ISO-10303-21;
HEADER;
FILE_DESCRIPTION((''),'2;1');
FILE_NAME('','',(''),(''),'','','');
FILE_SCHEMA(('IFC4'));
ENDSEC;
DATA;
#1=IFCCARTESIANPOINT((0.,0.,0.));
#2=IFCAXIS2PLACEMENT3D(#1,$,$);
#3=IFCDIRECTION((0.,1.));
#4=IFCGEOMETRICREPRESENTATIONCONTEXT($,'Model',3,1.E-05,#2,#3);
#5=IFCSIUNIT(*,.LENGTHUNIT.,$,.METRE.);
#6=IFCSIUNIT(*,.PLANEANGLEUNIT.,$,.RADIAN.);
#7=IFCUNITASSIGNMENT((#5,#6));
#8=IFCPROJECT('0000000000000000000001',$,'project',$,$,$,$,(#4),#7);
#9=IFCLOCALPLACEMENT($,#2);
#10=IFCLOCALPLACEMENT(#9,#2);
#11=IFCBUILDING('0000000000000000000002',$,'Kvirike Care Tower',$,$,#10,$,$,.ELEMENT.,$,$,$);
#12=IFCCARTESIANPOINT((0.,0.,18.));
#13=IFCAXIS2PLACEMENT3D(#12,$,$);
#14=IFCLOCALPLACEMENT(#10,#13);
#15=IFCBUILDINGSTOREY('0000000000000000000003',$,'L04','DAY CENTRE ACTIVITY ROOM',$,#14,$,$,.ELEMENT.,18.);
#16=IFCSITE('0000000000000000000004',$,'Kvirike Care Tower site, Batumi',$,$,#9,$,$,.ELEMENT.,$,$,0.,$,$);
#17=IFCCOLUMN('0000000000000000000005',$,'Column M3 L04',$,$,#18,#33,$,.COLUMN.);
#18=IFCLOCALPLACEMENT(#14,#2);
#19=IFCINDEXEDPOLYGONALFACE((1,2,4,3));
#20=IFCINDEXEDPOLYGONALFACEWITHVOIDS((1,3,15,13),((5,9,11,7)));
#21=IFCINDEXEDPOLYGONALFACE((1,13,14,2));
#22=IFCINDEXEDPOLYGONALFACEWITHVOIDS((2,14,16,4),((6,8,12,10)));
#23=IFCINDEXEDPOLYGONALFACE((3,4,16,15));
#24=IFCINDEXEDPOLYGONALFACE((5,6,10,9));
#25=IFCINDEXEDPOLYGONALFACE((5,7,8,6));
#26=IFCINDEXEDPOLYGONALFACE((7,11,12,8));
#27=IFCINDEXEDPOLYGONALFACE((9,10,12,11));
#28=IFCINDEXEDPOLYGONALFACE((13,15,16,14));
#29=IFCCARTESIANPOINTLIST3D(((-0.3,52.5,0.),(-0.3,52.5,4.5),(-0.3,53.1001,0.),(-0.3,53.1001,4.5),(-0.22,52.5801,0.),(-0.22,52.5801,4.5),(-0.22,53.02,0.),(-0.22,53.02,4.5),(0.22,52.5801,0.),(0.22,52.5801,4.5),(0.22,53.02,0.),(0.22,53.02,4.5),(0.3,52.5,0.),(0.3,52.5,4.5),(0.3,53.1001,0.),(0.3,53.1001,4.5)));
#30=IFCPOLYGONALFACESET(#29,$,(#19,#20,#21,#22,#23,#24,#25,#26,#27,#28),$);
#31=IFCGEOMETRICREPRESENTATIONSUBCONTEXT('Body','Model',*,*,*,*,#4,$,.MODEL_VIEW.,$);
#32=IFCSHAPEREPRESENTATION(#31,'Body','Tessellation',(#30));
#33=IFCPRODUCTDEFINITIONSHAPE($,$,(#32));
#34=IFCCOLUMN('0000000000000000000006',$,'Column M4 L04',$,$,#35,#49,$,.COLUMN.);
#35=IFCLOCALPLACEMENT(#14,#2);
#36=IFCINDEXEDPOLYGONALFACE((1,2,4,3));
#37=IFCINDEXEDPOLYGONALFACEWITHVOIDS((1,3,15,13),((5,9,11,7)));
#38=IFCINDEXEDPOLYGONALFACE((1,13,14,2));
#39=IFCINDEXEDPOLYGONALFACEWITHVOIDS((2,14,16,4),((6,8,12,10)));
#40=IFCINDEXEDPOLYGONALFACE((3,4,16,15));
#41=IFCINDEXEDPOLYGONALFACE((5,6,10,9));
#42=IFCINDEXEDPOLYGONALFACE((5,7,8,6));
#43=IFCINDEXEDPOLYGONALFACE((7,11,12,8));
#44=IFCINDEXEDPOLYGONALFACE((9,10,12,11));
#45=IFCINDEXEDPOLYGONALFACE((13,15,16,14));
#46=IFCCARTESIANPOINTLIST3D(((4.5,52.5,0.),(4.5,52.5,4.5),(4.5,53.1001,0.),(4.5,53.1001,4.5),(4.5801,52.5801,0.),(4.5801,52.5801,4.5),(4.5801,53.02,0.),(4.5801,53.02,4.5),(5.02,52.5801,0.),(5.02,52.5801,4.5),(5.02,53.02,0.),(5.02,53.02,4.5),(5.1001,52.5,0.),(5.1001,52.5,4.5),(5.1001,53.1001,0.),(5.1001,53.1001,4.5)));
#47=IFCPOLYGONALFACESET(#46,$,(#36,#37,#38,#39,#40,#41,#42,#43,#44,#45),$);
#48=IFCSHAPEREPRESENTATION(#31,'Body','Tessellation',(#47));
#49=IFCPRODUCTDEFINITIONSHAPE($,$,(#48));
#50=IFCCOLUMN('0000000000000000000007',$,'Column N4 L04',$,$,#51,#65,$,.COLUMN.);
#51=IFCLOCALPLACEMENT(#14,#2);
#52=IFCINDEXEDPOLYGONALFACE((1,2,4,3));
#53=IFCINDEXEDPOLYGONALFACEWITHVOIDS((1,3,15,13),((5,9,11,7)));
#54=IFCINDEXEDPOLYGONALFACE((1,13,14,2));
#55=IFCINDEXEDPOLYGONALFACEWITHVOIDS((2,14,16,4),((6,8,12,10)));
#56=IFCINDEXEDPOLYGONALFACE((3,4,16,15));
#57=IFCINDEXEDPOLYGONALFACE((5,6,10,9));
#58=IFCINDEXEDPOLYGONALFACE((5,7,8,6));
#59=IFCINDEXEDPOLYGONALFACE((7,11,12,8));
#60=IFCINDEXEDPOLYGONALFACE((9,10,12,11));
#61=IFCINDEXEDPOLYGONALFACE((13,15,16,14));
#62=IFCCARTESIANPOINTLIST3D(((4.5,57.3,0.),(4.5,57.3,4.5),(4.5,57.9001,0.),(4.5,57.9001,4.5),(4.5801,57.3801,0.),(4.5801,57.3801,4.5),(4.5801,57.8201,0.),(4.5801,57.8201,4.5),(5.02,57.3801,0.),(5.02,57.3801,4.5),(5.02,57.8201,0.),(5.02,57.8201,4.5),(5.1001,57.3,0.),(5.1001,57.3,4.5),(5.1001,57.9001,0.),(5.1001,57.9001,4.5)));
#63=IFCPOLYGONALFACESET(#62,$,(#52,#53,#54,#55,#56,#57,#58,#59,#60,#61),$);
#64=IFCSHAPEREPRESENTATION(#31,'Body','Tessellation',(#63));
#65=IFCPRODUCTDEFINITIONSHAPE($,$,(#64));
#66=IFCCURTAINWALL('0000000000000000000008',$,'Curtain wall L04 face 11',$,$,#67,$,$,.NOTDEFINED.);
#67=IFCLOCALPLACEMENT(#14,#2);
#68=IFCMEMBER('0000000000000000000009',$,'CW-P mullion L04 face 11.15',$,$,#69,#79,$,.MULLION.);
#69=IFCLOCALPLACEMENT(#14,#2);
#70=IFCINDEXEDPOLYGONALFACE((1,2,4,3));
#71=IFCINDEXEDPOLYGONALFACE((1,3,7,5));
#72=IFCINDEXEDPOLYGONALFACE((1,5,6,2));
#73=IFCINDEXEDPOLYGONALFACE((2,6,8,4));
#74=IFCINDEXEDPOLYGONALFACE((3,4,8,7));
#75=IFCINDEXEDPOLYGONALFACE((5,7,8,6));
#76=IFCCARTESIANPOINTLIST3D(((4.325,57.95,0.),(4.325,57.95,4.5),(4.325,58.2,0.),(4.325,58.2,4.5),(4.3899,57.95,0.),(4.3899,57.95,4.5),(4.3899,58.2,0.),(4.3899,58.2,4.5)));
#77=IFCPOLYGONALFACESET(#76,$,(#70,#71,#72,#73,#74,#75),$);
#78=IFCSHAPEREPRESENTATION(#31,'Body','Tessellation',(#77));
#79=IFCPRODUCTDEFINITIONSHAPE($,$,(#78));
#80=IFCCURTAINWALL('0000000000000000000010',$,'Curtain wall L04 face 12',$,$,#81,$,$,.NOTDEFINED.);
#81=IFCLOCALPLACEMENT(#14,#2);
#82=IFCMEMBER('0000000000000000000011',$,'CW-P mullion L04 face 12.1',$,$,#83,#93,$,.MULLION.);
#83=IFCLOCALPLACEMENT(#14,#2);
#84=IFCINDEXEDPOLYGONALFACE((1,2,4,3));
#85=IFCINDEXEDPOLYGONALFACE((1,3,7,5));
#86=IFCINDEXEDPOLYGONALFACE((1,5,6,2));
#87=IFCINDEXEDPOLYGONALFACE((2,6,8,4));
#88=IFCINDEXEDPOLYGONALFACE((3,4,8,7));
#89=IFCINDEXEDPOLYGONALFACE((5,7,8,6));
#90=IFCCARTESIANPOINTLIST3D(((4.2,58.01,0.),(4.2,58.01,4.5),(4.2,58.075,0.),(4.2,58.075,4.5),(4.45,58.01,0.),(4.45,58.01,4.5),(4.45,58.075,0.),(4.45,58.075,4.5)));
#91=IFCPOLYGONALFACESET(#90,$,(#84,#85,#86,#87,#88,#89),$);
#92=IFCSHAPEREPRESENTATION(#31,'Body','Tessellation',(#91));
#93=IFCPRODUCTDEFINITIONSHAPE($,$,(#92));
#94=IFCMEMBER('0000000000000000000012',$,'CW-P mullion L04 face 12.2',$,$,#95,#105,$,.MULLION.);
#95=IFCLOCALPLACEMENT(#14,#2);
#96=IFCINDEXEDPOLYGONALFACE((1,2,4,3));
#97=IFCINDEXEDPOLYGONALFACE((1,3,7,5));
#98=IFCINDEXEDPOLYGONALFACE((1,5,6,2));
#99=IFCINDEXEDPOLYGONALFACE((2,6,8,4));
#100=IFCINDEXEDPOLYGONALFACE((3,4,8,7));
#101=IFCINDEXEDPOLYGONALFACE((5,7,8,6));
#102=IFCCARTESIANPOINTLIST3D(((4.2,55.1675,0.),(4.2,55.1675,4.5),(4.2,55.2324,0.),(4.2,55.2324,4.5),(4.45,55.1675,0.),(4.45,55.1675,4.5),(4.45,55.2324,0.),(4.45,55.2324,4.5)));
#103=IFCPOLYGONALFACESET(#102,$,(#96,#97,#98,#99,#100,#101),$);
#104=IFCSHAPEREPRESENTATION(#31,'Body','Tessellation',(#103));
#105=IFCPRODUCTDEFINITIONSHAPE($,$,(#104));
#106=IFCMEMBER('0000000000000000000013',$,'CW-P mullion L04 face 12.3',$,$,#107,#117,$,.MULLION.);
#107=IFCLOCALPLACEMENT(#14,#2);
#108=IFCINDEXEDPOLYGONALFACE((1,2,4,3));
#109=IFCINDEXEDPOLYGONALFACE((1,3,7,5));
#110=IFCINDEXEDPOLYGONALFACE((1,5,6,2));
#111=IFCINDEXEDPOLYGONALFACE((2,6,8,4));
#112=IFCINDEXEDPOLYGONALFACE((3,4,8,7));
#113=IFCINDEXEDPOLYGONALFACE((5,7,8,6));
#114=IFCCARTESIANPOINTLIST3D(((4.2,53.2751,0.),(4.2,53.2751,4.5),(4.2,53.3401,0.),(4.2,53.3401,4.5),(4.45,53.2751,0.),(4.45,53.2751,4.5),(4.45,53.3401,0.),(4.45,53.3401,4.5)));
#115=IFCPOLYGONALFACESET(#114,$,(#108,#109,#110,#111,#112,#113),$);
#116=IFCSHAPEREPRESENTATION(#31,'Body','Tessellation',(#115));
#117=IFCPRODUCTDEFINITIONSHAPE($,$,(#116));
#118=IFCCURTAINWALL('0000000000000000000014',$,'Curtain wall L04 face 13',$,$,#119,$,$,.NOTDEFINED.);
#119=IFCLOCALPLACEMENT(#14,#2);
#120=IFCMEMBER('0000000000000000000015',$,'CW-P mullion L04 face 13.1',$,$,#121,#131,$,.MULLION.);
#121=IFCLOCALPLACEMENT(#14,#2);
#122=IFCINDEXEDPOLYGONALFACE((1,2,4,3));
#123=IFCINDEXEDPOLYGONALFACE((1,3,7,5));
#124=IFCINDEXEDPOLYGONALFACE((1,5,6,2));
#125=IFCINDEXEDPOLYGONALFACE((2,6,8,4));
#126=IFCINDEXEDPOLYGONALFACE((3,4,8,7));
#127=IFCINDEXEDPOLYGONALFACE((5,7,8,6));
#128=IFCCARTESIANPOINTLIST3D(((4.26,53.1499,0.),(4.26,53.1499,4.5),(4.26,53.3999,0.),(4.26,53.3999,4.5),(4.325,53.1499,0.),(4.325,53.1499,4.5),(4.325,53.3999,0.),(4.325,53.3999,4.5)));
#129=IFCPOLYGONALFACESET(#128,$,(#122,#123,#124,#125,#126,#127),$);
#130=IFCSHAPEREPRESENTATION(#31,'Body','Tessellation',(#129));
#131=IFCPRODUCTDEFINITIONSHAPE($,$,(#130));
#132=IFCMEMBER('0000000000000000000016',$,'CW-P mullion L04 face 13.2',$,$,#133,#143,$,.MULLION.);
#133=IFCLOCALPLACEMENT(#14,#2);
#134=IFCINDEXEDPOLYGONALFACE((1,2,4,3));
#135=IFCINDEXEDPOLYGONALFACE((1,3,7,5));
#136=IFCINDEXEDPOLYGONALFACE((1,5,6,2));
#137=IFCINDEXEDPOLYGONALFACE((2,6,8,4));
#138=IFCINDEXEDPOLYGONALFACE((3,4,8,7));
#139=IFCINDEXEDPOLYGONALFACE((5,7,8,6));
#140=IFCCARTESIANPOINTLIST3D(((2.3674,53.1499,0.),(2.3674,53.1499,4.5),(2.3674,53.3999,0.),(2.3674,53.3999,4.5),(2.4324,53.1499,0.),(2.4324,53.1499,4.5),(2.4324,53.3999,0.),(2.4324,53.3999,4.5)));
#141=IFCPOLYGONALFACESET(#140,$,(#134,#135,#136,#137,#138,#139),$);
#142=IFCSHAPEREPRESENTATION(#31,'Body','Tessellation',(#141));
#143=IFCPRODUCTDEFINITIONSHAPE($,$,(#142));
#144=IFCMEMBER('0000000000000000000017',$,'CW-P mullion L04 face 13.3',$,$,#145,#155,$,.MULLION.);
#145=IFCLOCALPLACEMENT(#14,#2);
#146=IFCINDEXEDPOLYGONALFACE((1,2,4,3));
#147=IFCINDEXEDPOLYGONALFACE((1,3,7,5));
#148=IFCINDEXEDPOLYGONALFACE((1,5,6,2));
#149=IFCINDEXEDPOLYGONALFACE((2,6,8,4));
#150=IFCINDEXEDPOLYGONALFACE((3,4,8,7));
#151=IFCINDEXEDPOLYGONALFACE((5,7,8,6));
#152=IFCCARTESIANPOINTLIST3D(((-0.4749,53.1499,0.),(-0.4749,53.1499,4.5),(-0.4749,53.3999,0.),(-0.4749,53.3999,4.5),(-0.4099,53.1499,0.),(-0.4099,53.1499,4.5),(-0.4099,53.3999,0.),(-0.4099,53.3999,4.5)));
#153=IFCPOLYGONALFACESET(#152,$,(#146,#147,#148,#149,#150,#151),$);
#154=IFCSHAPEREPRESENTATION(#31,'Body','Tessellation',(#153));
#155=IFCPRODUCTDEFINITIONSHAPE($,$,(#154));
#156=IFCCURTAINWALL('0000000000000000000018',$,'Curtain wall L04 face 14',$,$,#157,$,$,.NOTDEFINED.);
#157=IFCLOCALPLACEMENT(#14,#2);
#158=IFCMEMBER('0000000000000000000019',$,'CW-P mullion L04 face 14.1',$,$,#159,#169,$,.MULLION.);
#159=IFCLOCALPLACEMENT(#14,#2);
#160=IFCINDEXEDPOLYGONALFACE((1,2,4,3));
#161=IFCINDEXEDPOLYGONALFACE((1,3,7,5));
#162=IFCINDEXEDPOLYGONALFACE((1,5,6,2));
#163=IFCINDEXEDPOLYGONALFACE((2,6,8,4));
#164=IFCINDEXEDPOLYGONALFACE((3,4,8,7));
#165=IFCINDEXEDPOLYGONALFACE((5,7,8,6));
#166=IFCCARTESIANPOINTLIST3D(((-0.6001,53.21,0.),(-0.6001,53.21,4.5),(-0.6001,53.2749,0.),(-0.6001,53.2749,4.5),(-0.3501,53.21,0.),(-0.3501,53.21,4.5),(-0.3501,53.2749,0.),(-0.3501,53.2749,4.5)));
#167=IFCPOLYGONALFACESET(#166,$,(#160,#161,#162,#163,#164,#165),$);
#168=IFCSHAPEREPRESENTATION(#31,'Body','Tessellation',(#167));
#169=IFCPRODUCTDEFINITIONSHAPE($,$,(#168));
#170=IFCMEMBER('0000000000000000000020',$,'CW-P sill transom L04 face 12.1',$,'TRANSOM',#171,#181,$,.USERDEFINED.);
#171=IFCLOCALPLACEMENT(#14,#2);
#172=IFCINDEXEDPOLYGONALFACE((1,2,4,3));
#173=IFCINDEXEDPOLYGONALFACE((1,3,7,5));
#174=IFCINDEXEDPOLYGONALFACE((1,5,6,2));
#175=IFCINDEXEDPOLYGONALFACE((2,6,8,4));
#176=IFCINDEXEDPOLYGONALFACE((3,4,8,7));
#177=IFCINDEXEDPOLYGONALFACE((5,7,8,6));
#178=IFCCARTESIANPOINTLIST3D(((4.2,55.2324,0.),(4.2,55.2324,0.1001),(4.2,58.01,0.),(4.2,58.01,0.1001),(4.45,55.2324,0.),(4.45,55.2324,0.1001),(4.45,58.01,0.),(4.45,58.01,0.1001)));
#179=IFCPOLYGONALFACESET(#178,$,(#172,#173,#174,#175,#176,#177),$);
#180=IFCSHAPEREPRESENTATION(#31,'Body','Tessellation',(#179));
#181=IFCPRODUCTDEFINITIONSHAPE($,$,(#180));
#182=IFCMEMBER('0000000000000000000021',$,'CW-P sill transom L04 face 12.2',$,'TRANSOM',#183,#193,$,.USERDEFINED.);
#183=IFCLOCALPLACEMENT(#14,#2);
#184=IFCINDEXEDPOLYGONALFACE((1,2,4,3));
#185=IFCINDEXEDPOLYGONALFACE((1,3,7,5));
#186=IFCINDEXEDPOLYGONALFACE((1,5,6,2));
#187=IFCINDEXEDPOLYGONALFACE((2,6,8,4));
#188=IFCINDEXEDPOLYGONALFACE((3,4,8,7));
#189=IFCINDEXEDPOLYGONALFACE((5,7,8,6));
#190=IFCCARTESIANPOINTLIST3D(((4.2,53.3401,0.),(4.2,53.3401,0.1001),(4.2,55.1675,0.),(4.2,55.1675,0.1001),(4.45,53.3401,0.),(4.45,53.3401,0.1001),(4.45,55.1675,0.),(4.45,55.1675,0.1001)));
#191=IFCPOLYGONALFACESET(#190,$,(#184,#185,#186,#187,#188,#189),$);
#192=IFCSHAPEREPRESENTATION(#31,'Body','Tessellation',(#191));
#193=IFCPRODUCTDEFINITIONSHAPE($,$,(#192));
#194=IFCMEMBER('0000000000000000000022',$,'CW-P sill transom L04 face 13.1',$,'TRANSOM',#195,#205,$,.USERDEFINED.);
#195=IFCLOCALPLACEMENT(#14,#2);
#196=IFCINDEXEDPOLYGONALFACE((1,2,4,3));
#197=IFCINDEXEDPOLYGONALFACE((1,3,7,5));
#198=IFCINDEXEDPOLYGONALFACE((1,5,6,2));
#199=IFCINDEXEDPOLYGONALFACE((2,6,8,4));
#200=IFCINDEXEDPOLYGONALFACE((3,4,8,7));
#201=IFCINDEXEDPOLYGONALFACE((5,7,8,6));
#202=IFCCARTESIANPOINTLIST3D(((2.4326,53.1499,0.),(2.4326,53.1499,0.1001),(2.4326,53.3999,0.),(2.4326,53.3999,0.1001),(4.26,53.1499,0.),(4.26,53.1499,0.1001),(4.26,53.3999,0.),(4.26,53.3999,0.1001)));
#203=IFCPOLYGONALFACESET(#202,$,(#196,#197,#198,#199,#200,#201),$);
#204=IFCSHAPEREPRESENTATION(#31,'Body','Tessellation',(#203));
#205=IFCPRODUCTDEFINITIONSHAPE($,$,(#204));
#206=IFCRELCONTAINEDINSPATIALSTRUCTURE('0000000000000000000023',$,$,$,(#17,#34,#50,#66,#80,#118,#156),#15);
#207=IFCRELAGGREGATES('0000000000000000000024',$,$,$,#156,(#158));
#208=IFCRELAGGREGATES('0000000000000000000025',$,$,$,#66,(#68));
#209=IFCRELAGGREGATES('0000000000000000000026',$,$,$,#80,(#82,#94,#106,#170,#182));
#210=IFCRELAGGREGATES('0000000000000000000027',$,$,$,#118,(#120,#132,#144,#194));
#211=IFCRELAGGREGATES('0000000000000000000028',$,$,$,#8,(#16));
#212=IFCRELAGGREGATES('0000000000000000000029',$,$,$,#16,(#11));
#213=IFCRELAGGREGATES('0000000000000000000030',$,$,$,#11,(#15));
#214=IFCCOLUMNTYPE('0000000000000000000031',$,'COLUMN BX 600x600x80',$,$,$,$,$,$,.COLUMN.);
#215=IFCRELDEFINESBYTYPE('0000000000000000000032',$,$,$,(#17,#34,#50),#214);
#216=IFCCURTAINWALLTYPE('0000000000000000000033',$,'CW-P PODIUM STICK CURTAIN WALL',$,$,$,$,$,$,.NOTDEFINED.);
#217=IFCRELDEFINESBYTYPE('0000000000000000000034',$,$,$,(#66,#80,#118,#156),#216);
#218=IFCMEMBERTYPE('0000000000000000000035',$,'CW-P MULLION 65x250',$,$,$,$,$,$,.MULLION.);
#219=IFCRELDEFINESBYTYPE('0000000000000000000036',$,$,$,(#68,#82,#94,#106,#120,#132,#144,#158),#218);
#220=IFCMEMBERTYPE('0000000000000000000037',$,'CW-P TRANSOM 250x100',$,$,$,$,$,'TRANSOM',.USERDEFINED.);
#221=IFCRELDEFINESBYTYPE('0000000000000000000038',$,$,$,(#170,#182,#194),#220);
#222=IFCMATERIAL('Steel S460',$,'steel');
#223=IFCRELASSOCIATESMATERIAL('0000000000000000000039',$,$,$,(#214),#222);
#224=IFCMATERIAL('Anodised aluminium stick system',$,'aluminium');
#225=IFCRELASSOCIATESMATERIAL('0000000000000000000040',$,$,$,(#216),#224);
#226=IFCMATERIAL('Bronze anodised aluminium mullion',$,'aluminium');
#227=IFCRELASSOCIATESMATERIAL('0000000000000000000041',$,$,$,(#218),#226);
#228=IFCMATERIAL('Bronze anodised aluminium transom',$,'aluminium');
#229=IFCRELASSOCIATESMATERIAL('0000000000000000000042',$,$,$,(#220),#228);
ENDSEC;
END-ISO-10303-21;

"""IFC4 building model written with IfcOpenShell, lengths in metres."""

from ifc_helpers import new_model, si_unit, direction, frame, origin, origin_2d, place, context, subcontext, project, spatial, rectangle, hollow_rectangle, extrude, material, material_profile, profile_set, type_object, element, aggregate, save


model = new_model("IFC4")

# Units and contexts
model_context = context("Model", 3, precision=1e-05, world=origin(), true_north=direction((0.0, 1.0)))
body_context = subcontext(model_context, "Body", "Model", "MODEL_VIEW")
ifc_project = project(units=[si_unit("LENGTHUNIT", "METRE"), si_unit("PLANEANGLEUNIT", "RADIAN")], contexts=[model_context])

# Site, building, storey
site_placement = place(None, origin())
site = spatial("IfcSite", under=ifc_project, at=site_placement, Name="Kvirike Care Tower site, Batumi", CompositionType="ELEMENT", RefElevation=0.0)
building_placement = place(site_placement, origin())
building = spatial("IfcBuilding", under=site, at=building_placement, Name="Kvirike Care Tower", CompositionType="ELEMENT")
storey_placement = place(building_placement, frame((0.0, 0.0, 18.0)))
storey = spatial("IfcBuildingStorey", under=building, at=storey_placement, Name="L04", Description="DAY CENTRE ACTIVITY ROOM", CompositionType="ELEMENT", Elevation=18.0)

# Columns
ifc_material_1 = material(Name="Steel S460", Category="steel")
ifc_material_profile_1 = material_profile(ifc_material_1, hollow_rectangle(XDim=0.6001, YDim=0.6001, WallThickness=0.0801, at=origin_2d()), Name="BX 600x600x80")
ifc_profile_set_1 = profile_set([ifc_material_profile_1], Name="Steel S460")
column_type = type_object("IfcColumnType", Name="COLUMN BX 600x600x80", PredefinedType="COLUMN", material=ifc_profile_set_1)
for number, where, z_axis, x_axis, name in (
    (1, (0.0, 52.8, 0.0), (0.0, 0.0, 1.0), (0.0, 1.0, 0.0), "Column M3 L04"),
    (2, (4.8, 52.8, 0.0), (0.0, 0.0, 1.0), (0.0, 1.0, 0.0), "Column M4 L04"),
    (3, (4.8, 57.6001, 0.0), (0.0, 0.0, 1.0), (0.0, 1.0, 0.0), "Column N4 L04"),
):
    element("IfcColumn", number, at=place(storey_placement, frame(where, z_axis=z_axis, x_axis=x_axis)), inside=storey, type_object=column_type, Name=name, PredefinedType="COLUMN", context=body_context, shape_type="SweptSolid", body=[
        extrude(hollow_rectangle(XDim=0.6001, YDim=0.6001, WallThickness=0.0801, at=origin_2d()), origin(), (0.0, 0.0, 1.0), 4.5),
    ])

# Curtain wall, member
ifc_material_2 = material(Name="Anodised aluminium stick system", Category="aluminium")
curtain_wall_type = type_object("IfcCurtainWallType", Name="CW-P PODIUM STICK CURTAIN WALL", PredefinedType="NOTDEFINED", material=ifc_material_2)
curtain_wall_1_placement = place(storey_placement, origin())
curtain_wall_1 = element("IfcCurtainWall", 4, at=curtain_wall_1_placement, inside=storey, type_object=curtain_wall_type, Name="Curtain wall L04 face 11", PredefinedType="NOTDEFINED")
ifc_material_3 = material(Name="Bronze anodised aluminium mullion", Category="aluminium")
ifc_material_profile_2 = material_profile(ifc_material_3, rectangle(XDim=0.0649, YDim=0.25, at=origin_2d()), Name="CW-P MULLION 65x250")
ifc_profile_set_2 = profile_set([ifc_material_profile_2], Name="Bronze anodised aluminium mullion")
member_type_1 = type_object("IfcMemberType", Name="CW-P MULLION 65x250", PredefinedType="MULLION", material=ifc_profile_set_2)
member_1_placement = place(storey_placement, frame((4.3574, 58.075, 0.0), z_axis=(0.0, 0.0, 1.0), x_axis=(-1.0, 0.0, 0.0)))
member_1 = element("IfcMember", 5, at=member_1_placement, type_object=member_type_1, Name="CW-P mullion L04 face 11.15", PredefinedType="MULLION", context=body_context, shape_type="SweptSolid", body=[
    extrude(rectangle(XDim=0.0649, YDim=0.25, at=origin_2d()), origin(), (0.0, 0.0, 1.0), 4.5),
])

# Curtain walls, members
curtain_wall_2_placement = place(storey_placement, origin())
curtain_wall_2 = element("IfcCurtainWall", 6, at=curtain_wall_2_placement, inside=storey, type_object=curtain_wall_type, Name="Curtain wall L04 face 12", PredefinedType="NOTDEFINED")
member_2_placement = place(storey_placement, frame((4.325, 58.0425, 0.0), z_axis=(0.0, 0.0, 1.0), x_axis=(0.0, -1.0, 0.0)))
member_2 = element("IfcMember", 7, at=member_2_placement, type_object=member_type_1, Name="CW-P mullion L04 face 12.1", PredefinedType="MULLION", context=body_context, shape_type="SweptSolid", body=[
    extrude(rectangle(XDim=0.0649, YDim=0.25, at=origin_2d()), origin(), (0.0, 0.0, 1.0), 4.5),
])
member_3_placement = place(storey_placement, frame((4.325, 55.2, 0.0), z_axis=(0.0, 0.0, 1.0), x_axis=(0.0, -1.0, 0.0)))
member_3 = element("IfcMember", 8, at=member_3_placement, type_object=member_type_1, Name="CW-P mullion L04 face 12.2", PredefinedType="MULLION", context=body_context, shape_type="SweptSolid", body=[
    extrude(rectangle(XDim=0.0649, YDim=0.25, at=origin_2d()), origin(), (0.0, 0.0, 1.0), 4.5),
])
member_4_placement = place(storey_placement, frame((4.325, 53.3076, 0.0), z_axis=(0.0, 0.0, 1.0), x_axis=(0.0, -1.0, 0.0)))
member_4 = element("IfcMember", 9, at=member_4_placement, type_object=member_type_1, Name="CW-P mullion L04 face 12.3", PredefinedType="MULLION", context=body_context, shape_type="SweptSolid", body=[
    extrude(rectangle(XDim=0.0649, YDim=0.25, at=origin_2d()), origin(), (0.0, 0.0, 1.0), 4.5),
])
curtain_wall_3_placement = place(storey_placement, origin())
curtain_wall_3 = element("IfcCurtainWall", 10, at=curtain_wall_3_placement, inside=storey, type_object=curtain_wall_type, Name="Curtain wall L04 face 13", PredefinedType="NOTDEFINED")
member_5_placement = place(storey_placement, frame((4.2925, 53.2749, 0.0), z_axis=(0.0, 0.0, 1.0), x_axis=(-1.0, 0.0, 0.0)))
member_5 = element("IfcMember", 11, at=member_5_placement, type_object=member_type_1, Name="CW-P mullion L04 face 13.1", PredefinedType="MULLION", context=body_context, shape_type="SweptSolid", body=[
    extrude(rectangle(XDim=0.0649, YDim=0.25, at=origin_2d()), origin(), (0.0, 0.0, 1.0), 4.5),
])
member_6_placement = place(storey_placement, frame((2.3999, 53.2749, 0.0), z_axis=(0.0, 0.0, 1.0), x_axis=(-1.0, 0.0, 0.0)))
member_6 = element("IfcMember", 12, at=member_6_placement, type_object=member_type_1, Name="CW-P mullion L04 face 13.2", PredefinedType="MULLION", context=body_context, shape_type="SweptSolid", body=[
    extrude(rectangle(XDim=0.0649, YDim=0.25, at=origin_2d()), origin(), (0.0, 0.0, 1.0), 4.5),
])
member_7_placement = place(storey_placement, frame((-0.4424, 53.2749, 0.0), z_axis=(0.0, 0.0, 1.0), x_axis=(-1.0, 0.0, 0.0)))
member_7 = element("IfcMember", 13, at=member_7_placement, type_object=member_type_1, Name="CW-P mullion L04 face 13.3", PredefinedType="MULLION", context=body_context, shape_type="SweptSolid", body=[
    extrude(rectangle(XDim=0.0649, YDim=0.25, at=origin_2d()), origin(), (0.0, 0.0, 1.0), 4.5),
])

# Curtain wall, member
curtain_wall_4_placement = place(storey_placement, origin())
curtain_wall_4 = element("IfcCurtainWall", 14, at=curtain_wall_4_placement, inside=storey, type_object=curtain_wall_type, Name="Curtain wall L04 face 14", PredefinedType="NOTDEFINED")
member_8_placement = place(storey_placement, frame((-0.4751, 53.2424, 0.0), z_axis=(0.0, 0.0, 1.0), x_axis=(0.0, -1.0, 0.0)))
member_8 = element("IfcMember", 15, at=member_8_placement, type_object=member_type_1, Name="CW-P mullion L04 face 14.1", PredefinedType="MULLION", context=body_context, shape_type="SweptSolid", body=[
    extrude(rectangle(XDim=0.0649, YDim=0.25, at=origin_2d()), origin(), (0.0, 0.0, 1.0), 4.5),
])

# Members
ifc_material_4 = material(Name="Bronze anodised aluminium transom", Category="aluminium")
ifc_material_profile_3 = material_profile(ifc_material_4, rectangle(XDim=0.25, YDim=0.1001, at=origin_2d()), Name="CW-P TRANSOM 250x100")
ifc_profile_set_3 = profile_set([ifc_material_profile_3], Name="Bronze anodised aluminium transom")
member_type_2 = type_object("IfcMemberType", Name="CW-P TRANSOM 250x100", ElementType="TRANSOM", PredefinedType="USERDEFINED", material=ifc_profile_set_3)
member_9_placement = place(storey_placement, frame((4.325, 58.01, 0.05), z_axis=(0.0, -1.0, 0.0), x_axis=(1.0, 0.0, 0.0)))
member_9 = element("IfcMember", 16, at=member_9_placement, type_object=member_type_2, Name="CW-P sill transom L04 face 12.1", ObjectType="TRANSOM", PredefinedType="USERDEFINED", context=body_context, shape_type="SweptSolid", body=[
    extrude(rectangle(XDim=0.25, YDim=0.1001, at=origin_2d()), origin(), (0.0, 0.0, 1.0), 2.7776),
])
member_10_placement = place(storey_placement, frame((4.325, 55.1675, 0.05), z_axis=(0.0, -1.0, 0.0), x_axis=(1.0, 0.0, 0.0)))
member_10 = element("IfcMember", 17, at=member_10_placement, type_object=member_type_2, Name="CW-P sill transom L04 face 12.2", ObjectType="TRANSOM", PredefinedType="USERDEFINED", context=body_context, shape_type="SweptSolid", body=[
    extrude(rectangle(XDim=0.25, YDim=0.1001, at=origin_2d()), origin(), (0.0, 0.0, 1.0), 1.8274),
])
member_11_placement = place(storey_placement, frame((4.26, 53.2749, 0.05), z_axis=(-1.0, 0.0, 0.0), x_axis=(0.0, -1.0, 0.0)))
member_11 = element("IfcMember", 18, at=member_11_placement, type_object=member_type_2, Name="CW-P sill transom L04 face 13.1", ObjectType="TRANSOM", PredefinedType="USERDEFINED", context=body_context, shape_type="SweptSolid", body=[
    extrude(rectangle(XDim=0.25, YDim=0.1001, at=origin_2d()), origin(), (0.0, 0.0, 1.0), 1.8274),
])
aggregate(curtain_wall_4, [member_8])

aggregate(curtain_wall_1, [member_1])
aggregate(curtain_wall_2, [member_2, member_3, member_4, member_9, member_10])
aggregate(curtain_wall_3, [member_5, member_6, member_7, member_11])

save(model, "model.ifc")
